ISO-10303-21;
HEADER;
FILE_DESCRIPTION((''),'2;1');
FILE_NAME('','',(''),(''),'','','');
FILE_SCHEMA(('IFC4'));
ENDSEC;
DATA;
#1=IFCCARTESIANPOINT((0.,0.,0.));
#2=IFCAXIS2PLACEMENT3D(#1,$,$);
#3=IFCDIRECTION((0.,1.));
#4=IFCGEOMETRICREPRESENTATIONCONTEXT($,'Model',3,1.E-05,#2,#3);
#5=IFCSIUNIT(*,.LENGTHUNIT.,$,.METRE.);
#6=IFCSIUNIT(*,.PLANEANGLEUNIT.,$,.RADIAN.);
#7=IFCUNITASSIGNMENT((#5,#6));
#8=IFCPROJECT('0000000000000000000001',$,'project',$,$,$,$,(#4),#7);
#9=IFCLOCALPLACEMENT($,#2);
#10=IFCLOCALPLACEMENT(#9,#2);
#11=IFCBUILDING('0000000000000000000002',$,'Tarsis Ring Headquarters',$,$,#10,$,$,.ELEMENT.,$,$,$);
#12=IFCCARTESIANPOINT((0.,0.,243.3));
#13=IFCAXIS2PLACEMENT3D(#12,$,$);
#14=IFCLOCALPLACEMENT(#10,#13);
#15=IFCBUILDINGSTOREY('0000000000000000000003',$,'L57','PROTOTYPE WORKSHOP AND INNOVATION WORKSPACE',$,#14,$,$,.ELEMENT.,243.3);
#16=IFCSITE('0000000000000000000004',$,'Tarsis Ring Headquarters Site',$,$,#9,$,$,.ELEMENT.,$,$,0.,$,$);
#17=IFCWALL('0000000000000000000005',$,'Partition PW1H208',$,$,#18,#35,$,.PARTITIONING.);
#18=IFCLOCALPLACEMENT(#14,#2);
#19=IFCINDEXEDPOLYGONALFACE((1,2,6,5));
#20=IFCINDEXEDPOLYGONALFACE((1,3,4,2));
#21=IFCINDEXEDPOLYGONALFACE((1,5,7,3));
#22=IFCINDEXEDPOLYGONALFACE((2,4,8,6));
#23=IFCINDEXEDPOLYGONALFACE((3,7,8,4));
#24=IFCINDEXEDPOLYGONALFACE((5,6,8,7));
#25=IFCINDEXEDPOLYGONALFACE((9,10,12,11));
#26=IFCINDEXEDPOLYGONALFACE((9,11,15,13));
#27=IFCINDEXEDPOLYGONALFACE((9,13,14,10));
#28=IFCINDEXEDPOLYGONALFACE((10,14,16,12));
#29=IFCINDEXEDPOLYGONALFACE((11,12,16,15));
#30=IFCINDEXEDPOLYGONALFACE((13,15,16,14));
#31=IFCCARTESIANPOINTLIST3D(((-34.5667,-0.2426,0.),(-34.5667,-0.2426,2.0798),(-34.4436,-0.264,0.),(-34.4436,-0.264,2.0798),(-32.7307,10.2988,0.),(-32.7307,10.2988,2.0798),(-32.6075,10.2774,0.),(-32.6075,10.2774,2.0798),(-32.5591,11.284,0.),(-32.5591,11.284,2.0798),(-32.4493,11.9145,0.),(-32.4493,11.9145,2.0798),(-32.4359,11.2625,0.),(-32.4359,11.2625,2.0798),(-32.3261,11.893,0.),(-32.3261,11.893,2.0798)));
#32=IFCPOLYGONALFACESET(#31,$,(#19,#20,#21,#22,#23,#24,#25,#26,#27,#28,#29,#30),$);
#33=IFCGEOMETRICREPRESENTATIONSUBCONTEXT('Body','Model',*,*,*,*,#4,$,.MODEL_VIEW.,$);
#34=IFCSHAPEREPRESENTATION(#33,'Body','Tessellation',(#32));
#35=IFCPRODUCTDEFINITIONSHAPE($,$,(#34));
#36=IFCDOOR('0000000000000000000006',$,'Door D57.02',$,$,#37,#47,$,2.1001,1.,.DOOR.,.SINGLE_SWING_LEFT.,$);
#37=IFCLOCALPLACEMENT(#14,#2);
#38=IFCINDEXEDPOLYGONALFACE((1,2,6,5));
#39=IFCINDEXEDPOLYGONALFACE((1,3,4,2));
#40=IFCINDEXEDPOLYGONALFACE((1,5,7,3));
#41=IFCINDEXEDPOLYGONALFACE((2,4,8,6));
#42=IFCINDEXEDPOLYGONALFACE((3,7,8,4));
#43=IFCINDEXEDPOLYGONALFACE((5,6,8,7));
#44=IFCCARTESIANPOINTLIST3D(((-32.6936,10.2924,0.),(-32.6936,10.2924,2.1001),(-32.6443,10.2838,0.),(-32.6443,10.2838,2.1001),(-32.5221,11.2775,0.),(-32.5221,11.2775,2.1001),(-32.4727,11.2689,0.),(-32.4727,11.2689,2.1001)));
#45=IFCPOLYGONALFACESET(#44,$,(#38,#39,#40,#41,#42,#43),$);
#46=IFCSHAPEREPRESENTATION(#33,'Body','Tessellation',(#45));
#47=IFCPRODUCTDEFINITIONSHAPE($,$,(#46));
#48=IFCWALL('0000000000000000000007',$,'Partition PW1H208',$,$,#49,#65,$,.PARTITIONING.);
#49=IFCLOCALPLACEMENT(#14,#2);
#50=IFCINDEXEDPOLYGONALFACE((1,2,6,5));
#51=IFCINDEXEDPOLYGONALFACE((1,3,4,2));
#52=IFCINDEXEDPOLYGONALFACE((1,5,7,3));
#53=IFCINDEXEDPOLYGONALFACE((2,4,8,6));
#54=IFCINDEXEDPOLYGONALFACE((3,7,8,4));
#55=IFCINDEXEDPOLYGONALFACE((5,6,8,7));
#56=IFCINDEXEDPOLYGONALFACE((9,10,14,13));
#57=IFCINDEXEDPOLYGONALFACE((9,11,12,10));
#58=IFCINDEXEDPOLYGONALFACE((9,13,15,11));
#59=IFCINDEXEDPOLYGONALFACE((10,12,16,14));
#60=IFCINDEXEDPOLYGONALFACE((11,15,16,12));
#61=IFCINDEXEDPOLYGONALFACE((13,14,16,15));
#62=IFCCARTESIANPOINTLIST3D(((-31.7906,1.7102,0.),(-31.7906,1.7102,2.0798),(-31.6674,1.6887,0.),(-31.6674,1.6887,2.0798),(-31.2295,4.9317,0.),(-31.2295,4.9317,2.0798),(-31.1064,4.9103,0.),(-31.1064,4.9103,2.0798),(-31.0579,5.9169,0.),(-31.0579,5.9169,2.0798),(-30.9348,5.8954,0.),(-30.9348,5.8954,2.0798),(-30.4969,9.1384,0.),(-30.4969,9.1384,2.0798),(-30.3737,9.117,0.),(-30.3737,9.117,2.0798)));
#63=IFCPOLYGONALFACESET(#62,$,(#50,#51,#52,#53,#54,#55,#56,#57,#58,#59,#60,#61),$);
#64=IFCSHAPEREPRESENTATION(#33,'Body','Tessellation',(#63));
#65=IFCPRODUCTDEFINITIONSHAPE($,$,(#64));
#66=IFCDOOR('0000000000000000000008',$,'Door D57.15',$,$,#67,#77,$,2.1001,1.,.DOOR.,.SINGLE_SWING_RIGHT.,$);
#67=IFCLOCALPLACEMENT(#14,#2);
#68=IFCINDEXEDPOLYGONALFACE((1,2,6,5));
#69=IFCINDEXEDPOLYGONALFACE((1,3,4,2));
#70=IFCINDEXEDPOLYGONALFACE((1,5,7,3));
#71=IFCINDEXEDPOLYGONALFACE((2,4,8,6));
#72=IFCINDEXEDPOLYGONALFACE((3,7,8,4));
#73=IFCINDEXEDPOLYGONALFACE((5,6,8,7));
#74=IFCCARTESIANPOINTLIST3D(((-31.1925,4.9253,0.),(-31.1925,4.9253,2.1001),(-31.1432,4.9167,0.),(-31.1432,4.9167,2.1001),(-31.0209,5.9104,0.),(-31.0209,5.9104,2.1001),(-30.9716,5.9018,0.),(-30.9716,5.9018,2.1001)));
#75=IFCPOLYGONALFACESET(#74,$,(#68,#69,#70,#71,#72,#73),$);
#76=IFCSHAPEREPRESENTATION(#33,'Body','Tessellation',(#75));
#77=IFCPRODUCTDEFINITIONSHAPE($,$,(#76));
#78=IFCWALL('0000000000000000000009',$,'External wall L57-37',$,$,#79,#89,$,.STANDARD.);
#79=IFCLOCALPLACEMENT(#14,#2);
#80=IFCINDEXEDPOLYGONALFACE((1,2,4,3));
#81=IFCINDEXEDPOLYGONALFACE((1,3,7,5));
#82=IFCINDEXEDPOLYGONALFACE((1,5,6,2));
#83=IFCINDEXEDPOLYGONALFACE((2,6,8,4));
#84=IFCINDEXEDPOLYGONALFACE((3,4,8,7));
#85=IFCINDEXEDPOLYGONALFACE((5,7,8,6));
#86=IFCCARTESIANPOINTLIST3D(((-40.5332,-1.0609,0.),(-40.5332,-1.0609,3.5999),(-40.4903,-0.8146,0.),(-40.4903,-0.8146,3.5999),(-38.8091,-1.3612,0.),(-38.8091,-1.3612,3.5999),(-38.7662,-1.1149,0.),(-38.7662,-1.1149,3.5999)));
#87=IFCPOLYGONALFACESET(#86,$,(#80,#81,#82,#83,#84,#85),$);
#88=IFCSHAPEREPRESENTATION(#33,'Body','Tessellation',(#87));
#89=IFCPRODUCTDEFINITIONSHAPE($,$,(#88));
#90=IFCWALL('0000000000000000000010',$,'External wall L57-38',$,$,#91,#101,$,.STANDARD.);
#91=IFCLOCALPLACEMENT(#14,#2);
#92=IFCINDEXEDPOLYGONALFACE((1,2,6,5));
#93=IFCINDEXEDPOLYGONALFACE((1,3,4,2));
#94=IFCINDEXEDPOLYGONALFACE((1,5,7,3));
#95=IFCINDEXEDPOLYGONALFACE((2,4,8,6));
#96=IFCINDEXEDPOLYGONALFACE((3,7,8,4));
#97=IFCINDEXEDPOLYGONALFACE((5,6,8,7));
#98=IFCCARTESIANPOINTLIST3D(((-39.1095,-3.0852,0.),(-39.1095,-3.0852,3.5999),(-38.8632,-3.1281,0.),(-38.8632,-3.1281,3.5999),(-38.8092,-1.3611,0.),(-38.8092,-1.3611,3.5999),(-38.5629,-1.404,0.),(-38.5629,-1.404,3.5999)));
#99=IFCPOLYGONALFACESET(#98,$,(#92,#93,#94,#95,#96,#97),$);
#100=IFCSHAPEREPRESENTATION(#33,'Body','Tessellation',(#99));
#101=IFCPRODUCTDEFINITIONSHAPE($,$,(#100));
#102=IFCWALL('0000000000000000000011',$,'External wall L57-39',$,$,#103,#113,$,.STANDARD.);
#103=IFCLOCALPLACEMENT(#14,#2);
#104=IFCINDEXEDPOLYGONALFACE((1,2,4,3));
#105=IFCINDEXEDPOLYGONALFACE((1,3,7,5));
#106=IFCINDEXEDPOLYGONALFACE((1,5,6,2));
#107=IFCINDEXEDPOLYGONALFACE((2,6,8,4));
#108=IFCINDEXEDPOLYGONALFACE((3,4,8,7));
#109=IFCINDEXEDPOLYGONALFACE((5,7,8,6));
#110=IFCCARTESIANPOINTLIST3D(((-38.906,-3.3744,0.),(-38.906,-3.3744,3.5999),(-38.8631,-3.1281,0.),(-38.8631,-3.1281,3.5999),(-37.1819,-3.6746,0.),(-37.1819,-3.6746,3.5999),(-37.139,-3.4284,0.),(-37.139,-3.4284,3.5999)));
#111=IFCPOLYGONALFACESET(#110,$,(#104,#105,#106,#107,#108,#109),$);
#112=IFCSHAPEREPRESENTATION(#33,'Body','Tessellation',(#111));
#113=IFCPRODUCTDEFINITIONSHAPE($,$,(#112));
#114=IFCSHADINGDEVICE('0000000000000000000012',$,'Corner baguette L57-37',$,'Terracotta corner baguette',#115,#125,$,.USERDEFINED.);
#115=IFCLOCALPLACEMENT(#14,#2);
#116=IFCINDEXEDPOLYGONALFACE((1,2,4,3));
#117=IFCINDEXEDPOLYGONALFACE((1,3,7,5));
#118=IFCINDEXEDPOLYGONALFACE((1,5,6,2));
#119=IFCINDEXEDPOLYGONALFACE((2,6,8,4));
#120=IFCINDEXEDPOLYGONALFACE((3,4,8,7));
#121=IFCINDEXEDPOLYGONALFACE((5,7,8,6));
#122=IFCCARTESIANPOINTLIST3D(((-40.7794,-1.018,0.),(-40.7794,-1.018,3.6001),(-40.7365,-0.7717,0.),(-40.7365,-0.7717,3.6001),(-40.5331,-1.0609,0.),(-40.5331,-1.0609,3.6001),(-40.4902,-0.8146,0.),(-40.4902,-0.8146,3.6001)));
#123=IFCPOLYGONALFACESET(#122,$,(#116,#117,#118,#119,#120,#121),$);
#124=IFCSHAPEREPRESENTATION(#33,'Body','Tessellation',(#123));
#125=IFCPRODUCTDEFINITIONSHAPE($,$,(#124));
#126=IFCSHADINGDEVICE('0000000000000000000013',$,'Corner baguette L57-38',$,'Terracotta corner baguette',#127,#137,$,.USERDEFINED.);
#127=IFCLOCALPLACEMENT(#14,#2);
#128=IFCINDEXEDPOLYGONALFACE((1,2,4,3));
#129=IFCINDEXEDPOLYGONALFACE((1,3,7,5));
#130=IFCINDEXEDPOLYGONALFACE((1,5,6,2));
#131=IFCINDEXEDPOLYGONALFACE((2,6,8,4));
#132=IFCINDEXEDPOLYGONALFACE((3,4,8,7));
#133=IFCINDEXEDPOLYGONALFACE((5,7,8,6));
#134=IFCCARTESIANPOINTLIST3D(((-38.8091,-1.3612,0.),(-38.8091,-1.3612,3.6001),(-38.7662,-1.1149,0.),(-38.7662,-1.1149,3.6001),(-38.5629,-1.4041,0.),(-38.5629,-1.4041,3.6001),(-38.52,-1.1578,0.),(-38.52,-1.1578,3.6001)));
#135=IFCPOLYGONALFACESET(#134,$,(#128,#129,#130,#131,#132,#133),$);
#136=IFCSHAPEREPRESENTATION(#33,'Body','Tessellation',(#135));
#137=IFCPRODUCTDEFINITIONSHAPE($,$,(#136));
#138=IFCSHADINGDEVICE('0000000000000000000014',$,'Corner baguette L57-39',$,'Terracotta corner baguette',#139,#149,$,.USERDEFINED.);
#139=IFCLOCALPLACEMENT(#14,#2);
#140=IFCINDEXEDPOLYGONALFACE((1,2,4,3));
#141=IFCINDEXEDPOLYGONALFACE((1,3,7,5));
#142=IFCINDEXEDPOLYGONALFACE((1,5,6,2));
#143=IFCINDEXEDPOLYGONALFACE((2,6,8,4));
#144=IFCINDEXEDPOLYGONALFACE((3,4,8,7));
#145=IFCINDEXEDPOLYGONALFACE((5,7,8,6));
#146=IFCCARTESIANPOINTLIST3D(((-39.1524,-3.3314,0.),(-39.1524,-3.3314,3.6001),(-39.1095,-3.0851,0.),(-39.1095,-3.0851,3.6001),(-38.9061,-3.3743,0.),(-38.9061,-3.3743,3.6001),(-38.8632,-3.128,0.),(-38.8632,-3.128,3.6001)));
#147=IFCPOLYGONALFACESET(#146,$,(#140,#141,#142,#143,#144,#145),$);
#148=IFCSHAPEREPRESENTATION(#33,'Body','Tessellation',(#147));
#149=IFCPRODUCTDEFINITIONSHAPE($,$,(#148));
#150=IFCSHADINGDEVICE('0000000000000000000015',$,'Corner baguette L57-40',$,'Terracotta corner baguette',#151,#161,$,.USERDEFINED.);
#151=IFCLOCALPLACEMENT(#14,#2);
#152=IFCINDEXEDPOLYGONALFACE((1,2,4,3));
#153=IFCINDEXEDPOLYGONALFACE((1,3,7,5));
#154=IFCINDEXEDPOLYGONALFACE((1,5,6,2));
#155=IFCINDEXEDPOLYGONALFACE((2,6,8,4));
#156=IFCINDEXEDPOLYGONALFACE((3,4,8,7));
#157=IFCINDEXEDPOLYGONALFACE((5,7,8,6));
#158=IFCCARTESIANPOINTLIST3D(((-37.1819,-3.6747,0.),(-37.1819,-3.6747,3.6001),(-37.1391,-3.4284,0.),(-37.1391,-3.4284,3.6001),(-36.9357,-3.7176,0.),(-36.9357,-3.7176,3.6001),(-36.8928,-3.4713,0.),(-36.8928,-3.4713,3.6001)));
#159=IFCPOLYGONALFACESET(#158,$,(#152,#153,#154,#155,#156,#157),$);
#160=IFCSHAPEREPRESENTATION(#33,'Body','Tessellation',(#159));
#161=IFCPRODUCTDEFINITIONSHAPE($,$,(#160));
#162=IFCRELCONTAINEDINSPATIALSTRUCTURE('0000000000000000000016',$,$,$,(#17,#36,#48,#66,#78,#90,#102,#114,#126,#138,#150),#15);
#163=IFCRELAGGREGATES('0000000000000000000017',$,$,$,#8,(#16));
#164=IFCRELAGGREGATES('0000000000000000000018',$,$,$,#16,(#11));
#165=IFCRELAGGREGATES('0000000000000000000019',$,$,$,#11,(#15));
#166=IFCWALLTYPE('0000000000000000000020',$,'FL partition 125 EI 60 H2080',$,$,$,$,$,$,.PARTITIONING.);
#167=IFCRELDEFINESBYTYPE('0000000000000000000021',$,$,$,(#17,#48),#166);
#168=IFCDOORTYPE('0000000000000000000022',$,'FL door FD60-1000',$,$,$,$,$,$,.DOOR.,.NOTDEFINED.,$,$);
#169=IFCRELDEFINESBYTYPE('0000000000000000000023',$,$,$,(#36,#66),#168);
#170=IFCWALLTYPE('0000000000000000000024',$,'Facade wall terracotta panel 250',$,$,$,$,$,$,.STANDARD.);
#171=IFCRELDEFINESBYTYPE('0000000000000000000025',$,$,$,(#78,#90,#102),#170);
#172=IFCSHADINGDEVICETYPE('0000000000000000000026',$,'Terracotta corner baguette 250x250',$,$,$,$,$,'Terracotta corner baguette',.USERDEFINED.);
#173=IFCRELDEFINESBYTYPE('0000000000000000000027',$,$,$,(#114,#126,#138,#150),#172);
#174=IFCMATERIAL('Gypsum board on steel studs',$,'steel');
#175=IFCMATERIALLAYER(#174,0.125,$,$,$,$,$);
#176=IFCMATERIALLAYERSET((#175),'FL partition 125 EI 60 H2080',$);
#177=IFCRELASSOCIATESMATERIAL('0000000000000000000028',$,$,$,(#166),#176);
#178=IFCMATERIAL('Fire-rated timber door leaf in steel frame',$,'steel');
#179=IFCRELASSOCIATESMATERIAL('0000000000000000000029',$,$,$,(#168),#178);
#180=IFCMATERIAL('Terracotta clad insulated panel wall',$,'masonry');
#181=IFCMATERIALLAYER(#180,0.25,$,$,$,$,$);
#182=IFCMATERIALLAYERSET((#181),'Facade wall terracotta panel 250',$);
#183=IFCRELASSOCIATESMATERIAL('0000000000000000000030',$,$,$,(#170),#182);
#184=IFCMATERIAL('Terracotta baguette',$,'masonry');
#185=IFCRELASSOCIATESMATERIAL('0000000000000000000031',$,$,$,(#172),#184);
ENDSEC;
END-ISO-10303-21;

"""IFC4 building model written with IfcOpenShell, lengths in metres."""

from ifc_helpers import new_model, si_unit, direction, frame, frame_2d, origin, origin_2d, place, context, subcontext, project, spatial, rectangle, extrude, material, layer, layer_set, type_object, element, fill, save


model = new_model("IFC4")

# Units and contexts
model_context = context("Model", 3, precision=1e-05, world=origin(), true_north=direction((0.0, 1.0)))
body_context = subcontext(model_context, "Body", "Model", "MODEL_VIEW")
ifc_project = project(units=[si_unit("LENGTHUNIT", "METRE"), si_unit("PLANEANGLEUNIT", "RADIAN")], contexts=[model_context])

# Site, building, storey
site_placement = place(None, origin())
site = spatial("IfcSite", under=ifc_project, at=site_placement, Name="Tarsis Ring Headquarters Site", CompositionType="ELEMENT", RefElevation=0.0)
building_placement = place(site_placement, origin())
building = spatial("IfcBuilding", under=site, at=building_placement, Name="Tarsis Ring Headquarters", CompositionType="ELEMENT")
storey_placement = place(building_placement, frame((0.0, 0.0, 243.3)))
storey = spatial("IfcBuildingStorey", under=building, at=storey_placement, Name="L57", Description="PROTOTYPE WORKSHOP AND INNOVATION WORKSPACE", CompositionType="ELEMENT", Elevation=243.3)

# Shared definitions
ifc_material_1 = material(Name="Gypsum board on steel studs", Category="steel")

# Shared definitions
ifc_layer_1 = layer(ifc_material_1, 0.125)
ifc_layer_set_1 = layer_set([ifc_layer_1], Name="FL partition 125 EI 60 H2080")
wall_type_1 = type_object("IfcWallType", Name="FL partition 125 EI 60 H2080", PredefinedType="PARTITIONING", material=ifc_layer_set_1)
ifc_material_2 = material(Name="Fire-rated timber door leaf in steel frame", Category="steel")

# Walls, openings, doors
wall_1_placement = place(storey_placement, frame((-34.5051, -0.2532, 0.0), z_axis=(0.0, 0.0, 1.0), x_axis=(0.171591, 0.985168, 0.0)))
wall_1 = element("IfcWall", 1, at=wall_1_placement, inside=storey, type_object=wall_type_1, Name="Partition PW1H208", PredefinedType="PARTITIONING", context=body_context, shape_type="SweptSolid", body=[
    extrude(rectangle(XDim=12.3401, YDim=0.125, at=frame_2d((6.1699, 0.0))), origin(), (0.0, 0.0, 1.0), 2.0798),
])
opening_1_placement = place(wall_1_placement, frame((10.7, 0.0, 0.0)))
opening_1 = element("IfcOpeningElement", 2, at=opening_1_placement, cuts=wall_1, PredefinedType="OPENING", context=body_context, shape_type="SweptSolid", body=[
    extrude(rectangle(XDim=1.0, YDim=2.1001, at=frame_2d((0.5, 1.05))), frame((0.0, 0.0725, 0.0), z_axis=(0.0, -1.0, 0.0), x_axis=(1.0, 0.0, 0.0)), (0.0, 0.0, 1.0), 0.145),
])
door_type_1 = type_object("IfcDoorType", Name="FL door FD60-1000", OperationType="NOTDEFINED", PredefinedType="DOOR", material=ifc_material_2)
door_1_placement = place(opening_1_placement, origin())
door_1 = element("IfcDoor", 3, at=door_1_placement, inside=storey, type_object=door_type_1, Name="Door D57.02", OperationType="SINGLE_SWING_LEFT", OverallHeight=2.1001, OverallWidth=1.0, PredefinedType="DOOR", context=body_context, shape_type="SweptSolid", body=[
    extrude(rectangle(XDim=1.0, YDim=2.1001, at=frame_2d((0.5, 1.05))), frame((0.0, 0.0249, 0.0), z_axis=(0.0, -1.0, 0.0), x_axis=(1.0, 0.0, 0.0)), (0.0, 0.0, 1.0), 0.05),
])
fill(opening_1, door_1)
wall_2_placement = place(storey_placement, frame((-31.729, 1.6995, 0.0), z_axis=(0.0, 0.0, 1.0), x_axis=(0.171578, 0.985171, 0.0)))
wall_2 = element("IfcWall", 4, at=wall_2_placement, inside=storey, type_object=wall_type_1, Name="Partition PW1H208", PredefinedType="PARTITIONING", context=body_context, shape_type="SweptSolid", body=[
    extrude(rectangle(XDim=7.54, YDim=0.125, at=frame_2d((3.77, 0.0))), origin(), (0.0, 0.0, 1.0), 2.0798),
])
opening_2_placement = place(wall_2_placement, frame((3.27, 0.0, 0.0)))
opening_2 = element("IfcOpeningElement", 5, at=opening_2_placement, cuts=wall_2, PredefinedType="OPENING", context=body_context, shape_type="SweptSolid", body=[
    extrude(rectangle(XDim=1.0, YDim=2.1001, at=frame_2d((0.5, 1.05))), frame((0.0, 0.0725, 0.0), z_axis=(0.0, -1.0, 0.0), x_axis=(1.0, 0.0, 0.0)), (0.0, 0.0, 1.0), 0.145),
])
door_2_placement = place(opening_2_placement, origin())
door_2 = element("IfcDoor", 6, at=door_2_placement, inside=storey, type_object=door_type_1, Name="Door D57.15", OperationType="SINGLE_SWING_RIGHT", OverallHeight=2.1001, OverallWidth=1.0, PredefinedType="DOOR", context=body_context, shape_type="SweptSolid", body=[
    extrude(rectangle(XDim=1.0, YDim=2.1001, at=frame_2d((0.5, 1.05))), frame((0.0, 0.0249, 0.0), z_axis=(0.0, -1.0, 0.0), x_axis=(1.0, 0.0, 0.0)), (0.0, 0.0, 1.0), 0.05),
])
fill(opening_2, door_2)

# Walls
ifc_material_3 = material(Name="Terracotta clad insulated panel wall", Category="masonry")
ifc_layer_2 = layer(ifc_material_3, 0.25)
ifc_layer_set_2 = layer_set([ifc_layer_2], Name="Facade wall terracotta panel 250")
wall_type_2 = type_object("IfcWallType", Name="Facade wall terracotta panel 250", PredefinedType="STANDARD", material=ifc_layer_set_2)
for number, where, z_axis, x_axis, name in (
    (7, (-40.5117, -0.9377, 0.0), (0.0, 0.0, 1.0), (0.985169, -0.171588, 0.0), "External wall L57-37"),
    (8, (-38.686, -1.3826, 0.0), (0.0, 0.0, 1.0), (-0.171588, -0.985169, 0.0), "External wall L57-38"),
    (9, (-38.8845, -3.2512, 0.0), (0.0, 0.0, 1.0), (0.985169, -0.171588, 0.0), "External wall L57-39"),
):
    element("IfcWall", number, at=place(storey_placement, frame(where, z_axis=z_axis, x_axis=x_axis)), inside=storey, type_object=wall_type_2, Name=name, PredefinedType="STANDARD", context=body_context, shape_type="SweptSolid", body=[
        extrude(rectangle(XDim=1.75, YDim=0.25, at=frame_2d((0.875, 0.0))), origin(), (0.0, 0.0, 1.0), 3.5999),
    ])

# Shading devices
ifc_material_4 = material(Name="Terracotta baguette", Category="masonry")
shading_device_type = type_object("IfcShadingDeviceType", Name="Terracotta corner baguette 250x250", ElementType="Terracotta corner baguette", PredefinedType="USERDEFINED", material=ifc_material_4)
for number, where, z_axis, x_axis, name in (
    (10, (-40.6348, -0.9163, 0.0), (0.0, 0.0, 1.0), (-0.171585, -0.985169, 0.0), "Corner baguette L57-37"),
    (11, (-38.6646, -1.2595, 0.0), (0.0, 0.0, 1.0), (0.985169, -0.171585, 0.0), "Corner baguette L57-38"),
    (12, (-39.0078, -3.2297, 0.0), (0.0, 0.0, 1.0), (-0.171585, -0.985169, 0.0), "Corner baguette L57-39"),
    (13, (-37.0374, -3.573, 0.0), (0.0, 0.0, 1.0), (0.985169, -0.171585, 0.0), "Corner baguette L57-40"),
):
    element("IfcShadingDevice", number, at=place(storey_placement, frame(where, z_axis=z_axis, x_axis=x_axis)), inside=storey, type_object=shading_device_type, Name=name, ObjectType="Terracotta corner baguette", PredefinedType="USERDEFINED", context=body_context, shape_type="SweptSolid", body=[
        extrude(rectangle(XDim=0.25, YDim=0.25, at=origin_2d()), origin(), (0.0, 0.0, 1.0), 3.6001),
    ])

save(model, "model.ifc")
